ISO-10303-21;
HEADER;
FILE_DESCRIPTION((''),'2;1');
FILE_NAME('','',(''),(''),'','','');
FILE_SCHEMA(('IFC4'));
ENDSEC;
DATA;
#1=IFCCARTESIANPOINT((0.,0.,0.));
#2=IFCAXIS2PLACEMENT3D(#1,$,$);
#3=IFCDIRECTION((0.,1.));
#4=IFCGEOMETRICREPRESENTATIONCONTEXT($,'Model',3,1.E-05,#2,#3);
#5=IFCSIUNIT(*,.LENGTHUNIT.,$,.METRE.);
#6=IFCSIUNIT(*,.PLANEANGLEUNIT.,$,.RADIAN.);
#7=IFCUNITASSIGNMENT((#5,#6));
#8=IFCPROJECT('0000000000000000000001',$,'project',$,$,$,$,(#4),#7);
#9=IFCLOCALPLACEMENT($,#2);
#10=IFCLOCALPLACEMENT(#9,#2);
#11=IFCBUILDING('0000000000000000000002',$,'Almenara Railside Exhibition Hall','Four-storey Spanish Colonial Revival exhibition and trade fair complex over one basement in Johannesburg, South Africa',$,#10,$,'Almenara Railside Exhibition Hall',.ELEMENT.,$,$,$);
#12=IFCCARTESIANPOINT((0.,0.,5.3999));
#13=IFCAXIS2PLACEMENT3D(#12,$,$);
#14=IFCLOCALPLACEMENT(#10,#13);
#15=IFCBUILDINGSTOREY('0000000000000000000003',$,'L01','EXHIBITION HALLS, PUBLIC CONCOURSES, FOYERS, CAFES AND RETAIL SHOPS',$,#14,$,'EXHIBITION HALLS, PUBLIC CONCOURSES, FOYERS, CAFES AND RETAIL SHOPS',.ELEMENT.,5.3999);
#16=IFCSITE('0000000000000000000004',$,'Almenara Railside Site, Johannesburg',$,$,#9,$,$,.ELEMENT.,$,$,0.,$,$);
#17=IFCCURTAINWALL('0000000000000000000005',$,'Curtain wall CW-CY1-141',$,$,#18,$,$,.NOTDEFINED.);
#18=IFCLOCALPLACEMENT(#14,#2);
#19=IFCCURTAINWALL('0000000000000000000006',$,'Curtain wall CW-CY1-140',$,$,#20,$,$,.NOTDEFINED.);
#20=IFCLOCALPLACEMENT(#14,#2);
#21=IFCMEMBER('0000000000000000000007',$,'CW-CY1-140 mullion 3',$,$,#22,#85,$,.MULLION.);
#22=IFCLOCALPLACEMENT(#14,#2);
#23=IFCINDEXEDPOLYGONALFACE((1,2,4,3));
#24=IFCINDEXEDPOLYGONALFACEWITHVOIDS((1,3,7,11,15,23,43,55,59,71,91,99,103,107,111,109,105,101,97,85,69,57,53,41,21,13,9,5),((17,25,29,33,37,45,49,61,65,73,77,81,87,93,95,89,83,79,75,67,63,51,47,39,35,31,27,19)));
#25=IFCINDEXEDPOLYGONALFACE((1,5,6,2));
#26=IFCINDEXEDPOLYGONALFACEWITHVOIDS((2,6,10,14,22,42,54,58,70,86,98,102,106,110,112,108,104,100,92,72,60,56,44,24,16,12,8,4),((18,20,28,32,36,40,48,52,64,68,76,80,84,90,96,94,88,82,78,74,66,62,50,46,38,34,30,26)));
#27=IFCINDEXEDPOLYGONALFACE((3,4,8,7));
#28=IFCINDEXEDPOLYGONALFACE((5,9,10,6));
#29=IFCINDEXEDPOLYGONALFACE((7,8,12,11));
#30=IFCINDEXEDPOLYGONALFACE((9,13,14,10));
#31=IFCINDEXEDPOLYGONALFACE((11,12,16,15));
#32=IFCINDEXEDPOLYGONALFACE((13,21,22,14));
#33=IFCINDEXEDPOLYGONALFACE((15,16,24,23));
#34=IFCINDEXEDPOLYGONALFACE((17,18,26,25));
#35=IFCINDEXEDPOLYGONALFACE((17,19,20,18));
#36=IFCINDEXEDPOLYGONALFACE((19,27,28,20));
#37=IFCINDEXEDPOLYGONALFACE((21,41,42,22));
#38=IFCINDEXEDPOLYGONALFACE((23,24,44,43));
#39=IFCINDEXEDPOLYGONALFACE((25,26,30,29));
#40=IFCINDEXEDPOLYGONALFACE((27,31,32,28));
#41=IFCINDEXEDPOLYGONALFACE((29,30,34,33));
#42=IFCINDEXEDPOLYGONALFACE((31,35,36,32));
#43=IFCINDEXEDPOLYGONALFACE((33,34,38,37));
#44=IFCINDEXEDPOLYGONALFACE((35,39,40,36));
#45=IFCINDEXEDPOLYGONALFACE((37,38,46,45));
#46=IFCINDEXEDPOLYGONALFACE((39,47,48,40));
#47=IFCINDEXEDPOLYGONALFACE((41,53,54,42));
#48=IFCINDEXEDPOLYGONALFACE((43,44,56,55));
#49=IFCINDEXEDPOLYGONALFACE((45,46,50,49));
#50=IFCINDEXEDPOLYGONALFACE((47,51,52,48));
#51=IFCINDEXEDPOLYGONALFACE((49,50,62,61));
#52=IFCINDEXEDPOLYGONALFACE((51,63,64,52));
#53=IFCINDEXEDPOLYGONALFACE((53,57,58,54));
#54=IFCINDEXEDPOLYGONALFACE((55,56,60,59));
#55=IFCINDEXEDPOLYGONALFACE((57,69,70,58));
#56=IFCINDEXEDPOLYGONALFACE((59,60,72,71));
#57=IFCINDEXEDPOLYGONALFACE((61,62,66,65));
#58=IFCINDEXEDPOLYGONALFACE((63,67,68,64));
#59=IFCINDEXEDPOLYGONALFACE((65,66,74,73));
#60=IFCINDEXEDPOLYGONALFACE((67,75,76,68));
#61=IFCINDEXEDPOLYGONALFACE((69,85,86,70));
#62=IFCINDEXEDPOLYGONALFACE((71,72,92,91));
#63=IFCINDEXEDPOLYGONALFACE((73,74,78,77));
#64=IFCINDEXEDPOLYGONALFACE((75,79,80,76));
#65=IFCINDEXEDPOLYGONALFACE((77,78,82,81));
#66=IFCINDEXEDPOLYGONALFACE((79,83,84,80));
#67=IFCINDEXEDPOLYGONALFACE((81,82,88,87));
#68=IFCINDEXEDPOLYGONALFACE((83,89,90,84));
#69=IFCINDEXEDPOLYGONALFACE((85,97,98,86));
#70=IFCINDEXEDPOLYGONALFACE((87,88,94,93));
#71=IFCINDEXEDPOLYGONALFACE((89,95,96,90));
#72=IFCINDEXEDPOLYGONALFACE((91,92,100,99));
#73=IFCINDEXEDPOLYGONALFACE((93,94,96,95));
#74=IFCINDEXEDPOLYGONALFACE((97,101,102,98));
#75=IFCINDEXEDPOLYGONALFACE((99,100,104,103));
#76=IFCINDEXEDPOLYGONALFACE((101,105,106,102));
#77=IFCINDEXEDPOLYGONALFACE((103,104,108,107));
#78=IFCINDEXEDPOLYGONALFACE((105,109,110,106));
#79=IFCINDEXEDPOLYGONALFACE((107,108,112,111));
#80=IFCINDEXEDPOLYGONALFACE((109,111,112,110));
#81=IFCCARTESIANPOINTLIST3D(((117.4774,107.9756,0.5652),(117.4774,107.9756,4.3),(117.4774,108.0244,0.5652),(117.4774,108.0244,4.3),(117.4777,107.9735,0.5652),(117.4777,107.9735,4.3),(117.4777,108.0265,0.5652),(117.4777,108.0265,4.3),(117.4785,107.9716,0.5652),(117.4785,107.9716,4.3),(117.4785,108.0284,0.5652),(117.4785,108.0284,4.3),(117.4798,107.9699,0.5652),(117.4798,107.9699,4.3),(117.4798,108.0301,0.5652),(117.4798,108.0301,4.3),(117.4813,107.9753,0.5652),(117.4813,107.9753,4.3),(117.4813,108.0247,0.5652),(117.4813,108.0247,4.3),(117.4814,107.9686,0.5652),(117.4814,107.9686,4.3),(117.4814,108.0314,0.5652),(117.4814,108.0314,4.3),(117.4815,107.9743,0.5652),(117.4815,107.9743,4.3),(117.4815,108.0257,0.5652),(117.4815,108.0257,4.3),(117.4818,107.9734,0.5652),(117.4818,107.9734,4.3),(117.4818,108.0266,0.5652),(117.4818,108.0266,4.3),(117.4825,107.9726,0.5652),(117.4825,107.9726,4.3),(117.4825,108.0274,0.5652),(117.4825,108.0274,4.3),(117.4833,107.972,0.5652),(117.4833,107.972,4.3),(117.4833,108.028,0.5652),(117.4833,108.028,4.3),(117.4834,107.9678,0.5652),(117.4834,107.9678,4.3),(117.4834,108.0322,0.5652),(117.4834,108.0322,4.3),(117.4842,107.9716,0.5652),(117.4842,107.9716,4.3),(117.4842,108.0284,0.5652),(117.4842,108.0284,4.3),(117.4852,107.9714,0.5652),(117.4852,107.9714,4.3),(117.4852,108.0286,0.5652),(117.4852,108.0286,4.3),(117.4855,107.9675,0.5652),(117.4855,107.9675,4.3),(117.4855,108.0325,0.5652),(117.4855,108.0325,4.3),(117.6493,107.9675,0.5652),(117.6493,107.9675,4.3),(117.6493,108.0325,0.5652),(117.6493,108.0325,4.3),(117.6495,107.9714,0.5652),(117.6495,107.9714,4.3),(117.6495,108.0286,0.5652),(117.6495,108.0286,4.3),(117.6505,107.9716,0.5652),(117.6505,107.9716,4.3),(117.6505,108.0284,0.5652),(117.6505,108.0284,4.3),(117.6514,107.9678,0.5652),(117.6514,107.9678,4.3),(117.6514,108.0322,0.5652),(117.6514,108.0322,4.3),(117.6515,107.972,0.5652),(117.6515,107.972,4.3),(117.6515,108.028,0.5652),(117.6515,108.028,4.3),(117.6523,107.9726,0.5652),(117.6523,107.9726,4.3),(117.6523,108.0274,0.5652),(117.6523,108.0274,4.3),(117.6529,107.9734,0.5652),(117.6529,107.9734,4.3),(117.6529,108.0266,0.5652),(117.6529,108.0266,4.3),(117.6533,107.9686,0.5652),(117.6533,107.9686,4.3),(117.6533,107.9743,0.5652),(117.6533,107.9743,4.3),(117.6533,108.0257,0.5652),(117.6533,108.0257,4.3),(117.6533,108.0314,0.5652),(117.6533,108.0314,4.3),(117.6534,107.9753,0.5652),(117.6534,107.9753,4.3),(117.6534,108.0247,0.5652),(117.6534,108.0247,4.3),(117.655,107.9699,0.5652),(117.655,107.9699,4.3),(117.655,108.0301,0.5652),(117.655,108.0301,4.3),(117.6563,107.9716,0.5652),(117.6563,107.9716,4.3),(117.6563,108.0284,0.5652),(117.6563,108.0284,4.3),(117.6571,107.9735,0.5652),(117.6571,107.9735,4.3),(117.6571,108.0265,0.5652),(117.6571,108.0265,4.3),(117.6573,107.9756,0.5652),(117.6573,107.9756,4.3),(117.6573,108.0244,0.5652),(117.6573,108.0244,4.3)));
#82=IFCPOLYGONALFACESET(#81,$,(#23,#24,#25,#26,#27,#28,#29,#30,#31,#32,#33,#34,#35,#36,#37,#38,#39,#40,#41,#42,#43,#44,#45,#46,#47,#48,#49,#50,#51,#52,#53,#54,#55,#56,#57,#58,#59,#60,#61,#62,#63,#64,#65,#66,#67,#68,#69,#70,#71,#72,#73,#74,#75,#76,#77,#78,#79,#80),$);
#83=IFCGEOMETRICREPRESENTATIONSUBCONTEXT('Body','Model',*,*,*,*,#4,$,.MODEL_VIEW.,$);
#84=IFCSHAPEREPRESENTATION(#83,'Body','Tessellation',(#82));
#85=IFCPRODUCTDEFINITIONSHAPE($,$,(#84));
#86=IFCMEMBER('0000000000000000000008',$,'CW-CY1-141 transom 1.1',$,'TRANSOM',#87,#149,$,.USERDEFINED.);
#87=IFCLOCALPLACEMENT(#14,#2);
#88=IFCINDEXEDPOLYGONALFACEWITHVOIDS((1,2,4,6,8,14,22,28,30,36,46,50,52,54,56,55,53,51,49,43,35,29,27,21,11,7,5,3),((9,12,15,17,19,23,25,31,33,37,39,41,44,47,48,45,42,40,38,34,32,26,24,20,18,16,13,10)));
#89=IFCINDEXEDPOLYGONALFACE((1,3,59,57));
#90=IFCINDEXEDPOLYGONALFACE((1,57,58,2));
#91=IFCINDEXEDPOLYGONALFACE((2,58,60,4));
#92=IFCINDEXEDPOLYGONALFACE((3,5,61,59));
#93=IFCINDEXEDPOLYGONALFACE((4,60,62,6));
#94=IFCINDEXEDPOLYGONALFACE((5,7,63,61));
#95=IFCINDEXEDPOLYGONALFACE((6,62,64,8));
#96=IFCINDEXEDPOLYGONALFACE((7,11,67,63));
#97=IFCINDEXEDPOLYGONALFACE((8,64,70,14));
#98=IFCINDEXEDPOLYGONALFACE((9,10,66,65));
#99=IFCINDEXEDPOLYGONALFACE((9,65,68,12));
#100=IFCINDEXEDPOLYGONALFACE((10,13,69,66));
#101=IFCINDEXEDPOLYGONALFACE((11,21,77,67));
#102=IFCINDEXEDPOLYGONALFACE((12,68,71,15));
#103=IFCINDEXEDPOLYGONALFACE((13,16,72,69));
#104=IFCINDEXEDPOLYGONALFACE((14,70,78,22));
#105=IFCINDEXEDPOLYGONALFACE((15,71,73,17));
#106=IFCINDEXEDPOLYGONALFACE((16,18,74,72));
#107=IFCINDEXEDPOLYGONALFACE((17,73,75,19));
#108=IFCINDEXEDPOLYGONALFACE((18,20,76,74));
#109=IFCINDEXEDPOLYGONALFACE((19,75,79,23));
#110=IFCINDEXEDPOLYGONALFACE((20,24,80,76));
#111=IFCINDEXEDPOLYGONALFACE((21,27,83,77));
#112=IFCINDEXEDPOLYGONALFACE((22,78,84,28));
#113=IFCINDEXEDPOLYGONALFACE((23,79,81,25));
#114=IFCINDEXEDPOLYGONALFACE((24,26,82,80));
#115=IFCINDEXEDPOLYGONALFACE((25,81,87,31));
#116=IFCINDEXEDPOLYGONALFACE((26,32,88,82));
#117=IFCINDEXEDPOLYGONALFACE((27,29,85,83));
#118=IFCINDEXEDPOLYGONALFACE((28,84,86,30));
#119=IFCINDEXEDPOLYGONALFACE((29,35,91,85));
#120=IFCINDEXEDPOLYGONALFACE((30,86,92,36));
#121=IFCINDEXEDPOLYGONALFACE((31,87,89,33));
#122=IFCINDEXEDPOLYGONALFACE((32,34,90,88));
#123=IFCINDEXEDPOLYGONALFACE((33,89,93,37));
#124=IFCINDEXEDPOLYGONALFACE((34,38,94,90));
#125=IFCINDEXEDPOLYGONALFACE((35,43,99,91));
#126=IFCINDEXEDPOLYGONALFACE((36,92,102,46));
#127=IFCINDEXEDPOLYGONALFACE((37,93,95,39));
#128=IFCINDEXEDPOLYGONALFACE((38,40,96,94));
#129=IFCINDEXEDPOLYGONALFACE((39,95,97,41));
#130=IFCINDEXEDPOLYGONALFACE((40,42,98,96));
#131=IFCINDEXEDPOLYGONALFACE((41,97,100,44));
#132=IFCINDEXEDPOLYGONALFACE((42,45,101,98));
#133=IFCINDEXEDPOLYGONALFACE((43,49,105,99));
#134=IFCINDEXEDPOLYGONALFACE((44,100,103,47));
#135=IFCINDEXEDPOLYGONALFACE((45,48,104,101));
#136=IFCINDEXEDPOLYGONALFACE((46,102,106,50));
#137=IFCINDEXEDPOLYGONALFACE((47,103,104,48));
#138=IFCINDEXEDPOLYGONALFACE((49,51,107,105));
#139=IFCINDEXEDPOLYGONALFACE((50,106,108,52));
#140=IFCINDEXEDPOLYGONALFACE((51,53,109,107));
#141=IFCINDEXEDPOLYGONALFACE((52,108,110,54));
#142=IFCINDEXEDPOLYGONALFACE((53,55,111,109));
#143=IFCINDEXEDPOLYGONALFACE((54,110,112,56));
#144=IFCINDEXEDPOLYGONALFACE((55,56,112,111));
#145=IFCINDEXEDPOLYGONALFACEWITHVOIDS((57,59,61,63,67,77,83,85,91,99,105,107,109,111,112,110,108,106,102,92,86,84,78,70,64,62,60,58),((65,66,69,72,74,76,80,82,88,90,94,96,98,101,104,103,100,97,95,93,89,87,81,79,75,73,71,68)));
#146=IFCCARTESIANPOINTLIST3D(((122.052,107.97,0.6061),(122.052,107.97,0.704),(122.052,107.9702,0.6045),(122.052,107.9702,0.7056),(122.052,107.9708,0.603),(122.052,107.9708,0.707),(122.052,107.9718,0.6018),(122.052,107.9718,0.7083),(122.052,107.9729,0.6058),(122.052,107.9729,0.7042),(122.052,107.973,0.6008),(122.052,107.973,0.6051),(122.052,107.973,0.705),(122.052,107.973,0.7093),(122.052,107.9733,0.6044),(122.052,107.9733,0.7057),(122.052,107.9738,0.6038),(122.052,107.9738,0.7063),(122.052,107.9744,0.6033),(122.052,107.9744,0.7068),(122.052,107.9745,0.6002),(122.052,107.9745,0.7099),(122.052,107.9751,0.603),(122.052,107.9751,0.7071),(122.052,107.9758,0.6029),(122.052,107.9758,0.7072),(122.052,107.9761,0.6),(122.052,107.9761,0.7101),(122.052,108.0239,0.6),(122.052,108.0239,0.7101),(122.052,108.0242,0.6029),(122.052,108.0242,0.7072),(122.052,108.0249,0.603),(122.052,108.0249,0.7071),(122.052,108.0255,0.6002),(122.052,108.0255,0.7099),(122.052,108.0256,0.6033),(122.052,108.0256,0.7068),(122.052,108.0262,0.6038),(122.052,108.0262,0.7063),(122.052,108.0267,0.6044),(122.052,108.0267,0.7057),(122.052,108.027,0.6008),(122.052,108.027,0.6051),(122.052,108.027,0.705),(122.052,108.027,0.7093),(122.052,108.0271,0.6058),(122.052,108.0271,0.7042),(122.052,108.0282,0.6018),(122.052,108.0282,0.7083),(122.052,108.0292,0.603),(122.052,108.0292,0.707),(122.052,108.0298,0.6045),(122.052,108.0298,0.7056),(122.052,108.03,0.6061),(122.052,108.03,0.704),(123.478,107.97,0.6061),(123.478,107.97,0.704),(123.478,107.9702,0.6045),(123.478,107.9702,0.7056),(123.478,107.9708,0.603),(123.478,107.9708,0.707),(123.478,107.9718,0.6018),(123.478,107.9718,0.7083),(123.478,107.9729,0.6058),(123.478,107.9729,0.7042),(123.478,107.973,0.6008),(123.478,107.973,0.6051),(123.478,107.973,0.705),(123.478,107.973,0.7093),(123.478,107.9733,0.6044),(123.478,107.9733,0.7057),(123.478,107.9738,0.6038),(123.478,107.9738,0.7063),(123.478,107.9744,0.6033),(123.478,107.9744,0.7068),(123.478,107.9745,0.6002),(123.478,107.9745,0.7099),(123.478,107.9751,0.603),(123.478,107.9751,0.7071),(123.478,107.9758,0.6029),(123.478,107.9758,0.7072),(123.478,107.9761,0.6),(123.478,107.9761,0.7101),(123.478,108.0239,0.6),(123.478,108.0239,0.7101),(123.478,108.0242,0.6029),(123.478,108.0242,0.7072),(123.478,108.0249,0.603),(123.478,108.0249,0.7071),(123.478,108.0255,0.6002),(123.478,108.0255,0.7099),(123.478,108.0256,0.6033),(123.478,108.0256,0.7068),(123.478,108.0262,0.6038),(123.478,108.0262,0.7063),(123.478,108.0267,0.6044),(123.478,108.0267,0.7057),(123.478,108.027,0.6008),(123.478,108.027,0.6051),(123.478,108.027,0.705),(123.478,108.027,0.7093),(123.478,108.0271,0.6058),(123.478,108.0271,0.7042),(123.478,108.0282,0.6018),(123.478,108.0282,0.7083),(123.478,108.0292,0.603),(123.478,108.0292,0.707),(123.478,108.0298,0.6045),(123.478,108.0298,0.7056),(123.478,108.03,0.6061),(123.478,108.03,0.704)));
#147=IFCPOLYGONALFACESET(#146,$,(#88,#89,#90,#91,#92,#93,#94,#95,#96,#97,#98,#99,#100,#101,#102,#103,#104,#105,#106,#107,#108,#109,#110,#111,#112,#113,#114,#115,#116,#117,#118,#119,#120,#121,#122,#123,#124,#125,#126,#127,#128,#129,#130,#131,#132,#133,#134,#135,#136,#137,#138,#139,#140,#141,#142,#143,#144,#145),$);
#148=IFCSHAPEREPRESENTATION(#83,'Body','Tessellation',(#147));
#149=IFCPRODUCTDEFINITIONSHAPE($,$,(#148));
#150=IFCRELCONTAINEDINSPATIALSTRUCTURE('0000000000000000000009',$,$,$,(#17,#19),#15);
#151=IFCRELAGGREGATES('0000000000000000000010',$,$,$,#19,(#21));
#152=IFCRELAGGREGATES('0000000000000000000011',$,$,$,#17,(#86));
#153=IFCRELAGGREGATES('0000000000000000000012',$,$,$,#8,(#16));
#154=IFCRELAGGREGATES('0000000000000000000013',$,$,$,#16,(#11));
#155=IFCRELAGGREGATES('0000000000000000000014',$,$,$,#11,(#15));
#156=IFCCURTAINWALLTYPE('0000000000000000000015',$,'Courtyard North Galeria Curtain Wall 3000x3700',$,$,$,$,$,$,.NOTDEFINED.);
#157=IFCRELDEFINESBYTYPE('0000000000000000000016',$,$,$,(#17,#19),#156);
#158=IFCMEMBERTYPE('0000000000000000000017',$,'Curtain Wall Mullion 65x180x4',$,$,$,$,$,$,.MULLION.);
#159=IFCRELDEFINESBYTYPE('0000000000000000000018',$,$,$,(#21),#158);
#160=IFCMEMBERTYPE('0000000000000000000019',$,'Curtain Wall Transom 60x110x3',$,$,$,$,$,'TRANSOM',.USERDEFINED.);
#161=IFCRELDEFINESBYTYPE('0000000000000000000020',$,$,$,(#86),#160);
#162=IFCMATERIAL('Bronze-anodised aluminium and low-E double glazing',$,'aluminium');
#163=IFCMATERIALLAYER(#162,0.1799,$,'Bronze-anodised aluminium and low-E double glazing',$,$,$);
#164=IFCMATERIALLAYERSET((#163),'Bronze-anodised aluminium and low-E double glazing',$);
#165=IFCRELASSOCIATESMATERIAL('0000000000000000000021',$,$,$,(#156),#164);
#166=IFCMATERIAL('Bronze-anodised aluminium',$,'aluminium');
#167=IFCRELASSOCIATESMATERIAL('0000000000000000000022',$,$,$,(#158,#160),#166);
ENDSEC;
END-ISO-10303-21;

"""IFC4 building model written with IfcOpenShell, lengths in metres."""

from ifc_helpers import new_model, si_unit, direction, frame, origin, origin_2d, place, context, subcontext, project, spatial, hollow_rectangle, extrude, material, layer, layer_set, material_profile, profile_set, type_object, element, aggregate, save


model = new_model("IFC4")

# Units and contexts
model_context = context("Model", 3, precision=1e-05, world=origin(), true_north=direction((0.0, 1.0)))
body_context = subcontext(model_context, "Body", "Model", "MODEL_VIEW")
ifc_project = project(units=[si_unit("LENGTHUNIT", "METRE"), si_unit("PLANEANGLEUNIT", "RADIAN")], contexts=[model_context])

# Site, building, storey
site_placement = place(None, origin())
site = spatial("IfcSite", under=ifc_project, at=site_placement, Name="Almenara Railside Site, Johannesburg", CompositionType="ELEMENT", RefElevation=0.0)
building_placement = place(site_placement, origin())
building = spatial("IfcBuilding", under=site, at=building_placement, Name="Almenara Railside Exhibition Hall", Description="Four-storey Spanish Colonial Revival exhibition and trade fair complex over one basement in Johannesburg, South Africa", LongName="Almenara Railside Exhibition Hall", CompositionType="ELEMENT")
storey_placement = place(building_placement, frame((0.0, 0.0, 5.3999)))
storey = spatial("IfcBuildingStorey", under=building, at=storey_placement, Name="L01", Description="EXHIBITION HALLS, PUBLIC CONCOURSES, FOYERS, CAFES AND RETAIL SHOPS", LongName="EXHIBITION HALLS, PUBLIC CONCOURSES, FOYERS, CAFES AND RETAIL SHOPS", CompositionType="ELEMENT", Elevation=5.3999)

# Curtain wall
ifc_material_1 = material(Name="Bronze-anodised aluminium and low-E double glazing", Category="aluminium")
ifc_layer_1 = layer(ifc_material_1, 0.1799, Name="Bronze-anodised aluminium and low-E double glazing")
ifc_layer_set_1 = layer_set([ifc_layer_1], Name="Bronze-anodised aluminium and low-E double glazing")
curtain_wall_type = type_object("IfcCurtainWallType", Name="Courtyard North Galeria Curtain Wall 3000x3700", PredefinedType="NOTDEFINED", material=ifc_layer_set_1)
curtain_wall_1_placement = place(storey_placement, origin())
curtain_wall_1 = element("IfcCurtainWall", 1, at=curtain_wall_1_placement, inside=storey, type_object=curtain_wall_type, Name="Curtain wall CW-CY1-141", PredefinedType="NOTDEFINED")
ifc_material_2 = material(Name="Bronze-anodised aluminium", Category="aluminium")

# Curtain wall, member
curtain_wall_2_placement = place(storey_placement, origin())
curtain_wall_2 = element("IfcCurtainWall", 2, at=curtain_wall_2_placement, inside=storey, type_object=curtain_wall_type, Name="Curtain wall CW-CY1-140", PredefinedType="NOTDEFINED")
ifc_material_profile_1 = material_profile(ifc_material_2, hollow_rectangle(XDim=0.0649, YDim=0.1799, WallThickness=0.0039, InnerFilletRadius=0.0039, OuterFilletRadius=0.0081, at=origin_2d()), Name="ALU-MUL 65x180x4")
ifc_profile_set_1 = profile_set([ifc_material_profile_1], Name="Bronze-anodised aluminium")
member_type_1 = type_object("IfcMemberType", Name="Curtain Wall Mullion 65x180x4", PredefinedType="MULLION", material=ifc_profile_set_1)
member_1_placement = place(storey_placement, frame((117.5674, 108.0, 0.5652), z_axis=(0.0, 0.0, 1.0), x_axis=(0.0, 1.0, 0.0)))
member_1 = element("IfcMember", 3, at=member_1_placement, type_object=member_type_1, Name="CW-CY1-140 mullion 3", PredefinedType="MULLION", context=body_context, shape_type="SweptSolid", body=[
    extrude(hollow_rectangle(XDim=0.0649, YDim=0.1799, WallThickness=0.0039, InnerFilletRadius=0.0039, OuterFilletRadius=0.0081, at=origin_2d()), origin(), (0.0, 0.0, 1.0), 3.7349),
])

# Member
ifc_material_profile_2 = material_profile(ifc_material_2, hollow_rectangle(XDim=0.0601, YDim=0.1101, WallThickness=0.0029, InnerFilletRadius=0.0029, OuterFilletRadius=0.0061, at=origin_2d()), Name="ALU-TRN 60x110x3")
ifc_profile_set_2 = profile_set([ifc_material_profile_2], Name="Bronze-anodised aluminium")
member_type_2 = type_object("IfcMemberType", Name="Curtain Wall Transom 60x110x3", ElementType="TRANSOM", PredefinedType="USERDEFINED", material=ifc_profile_set_2)
member_2_placement = place(storey_placement, frame((122.052, 108.0, 0.655), z_axis=(1.0, 0.0, 0.0), x_axis=(0.0, 1.0, 0.0)))
member_2 = element("IfcMember", 4, at=member_2_placement, type_object=member_type_2, Name="CW-CY1-141 transom 1.1", ObjectType="TRANSOM", PredefinedType="USERDEFINED", context=body_context, shape_type="SweptSolid", body=[
    extrude(hollow_rectangle(XDim=0.0601, YDim=0.1101, WallThickness=0.0029, InnerFilletRadius=0.0029, OuterFilletRadius=0.0061, at=origin_2d()), origin(), (0.0, 0.0, 1.0), 1.426),
])

aggregate(curtain_wall_2, [member_1])
aggregate(curtain_wall_1, [member_2])

save(model, "model.ifc")
